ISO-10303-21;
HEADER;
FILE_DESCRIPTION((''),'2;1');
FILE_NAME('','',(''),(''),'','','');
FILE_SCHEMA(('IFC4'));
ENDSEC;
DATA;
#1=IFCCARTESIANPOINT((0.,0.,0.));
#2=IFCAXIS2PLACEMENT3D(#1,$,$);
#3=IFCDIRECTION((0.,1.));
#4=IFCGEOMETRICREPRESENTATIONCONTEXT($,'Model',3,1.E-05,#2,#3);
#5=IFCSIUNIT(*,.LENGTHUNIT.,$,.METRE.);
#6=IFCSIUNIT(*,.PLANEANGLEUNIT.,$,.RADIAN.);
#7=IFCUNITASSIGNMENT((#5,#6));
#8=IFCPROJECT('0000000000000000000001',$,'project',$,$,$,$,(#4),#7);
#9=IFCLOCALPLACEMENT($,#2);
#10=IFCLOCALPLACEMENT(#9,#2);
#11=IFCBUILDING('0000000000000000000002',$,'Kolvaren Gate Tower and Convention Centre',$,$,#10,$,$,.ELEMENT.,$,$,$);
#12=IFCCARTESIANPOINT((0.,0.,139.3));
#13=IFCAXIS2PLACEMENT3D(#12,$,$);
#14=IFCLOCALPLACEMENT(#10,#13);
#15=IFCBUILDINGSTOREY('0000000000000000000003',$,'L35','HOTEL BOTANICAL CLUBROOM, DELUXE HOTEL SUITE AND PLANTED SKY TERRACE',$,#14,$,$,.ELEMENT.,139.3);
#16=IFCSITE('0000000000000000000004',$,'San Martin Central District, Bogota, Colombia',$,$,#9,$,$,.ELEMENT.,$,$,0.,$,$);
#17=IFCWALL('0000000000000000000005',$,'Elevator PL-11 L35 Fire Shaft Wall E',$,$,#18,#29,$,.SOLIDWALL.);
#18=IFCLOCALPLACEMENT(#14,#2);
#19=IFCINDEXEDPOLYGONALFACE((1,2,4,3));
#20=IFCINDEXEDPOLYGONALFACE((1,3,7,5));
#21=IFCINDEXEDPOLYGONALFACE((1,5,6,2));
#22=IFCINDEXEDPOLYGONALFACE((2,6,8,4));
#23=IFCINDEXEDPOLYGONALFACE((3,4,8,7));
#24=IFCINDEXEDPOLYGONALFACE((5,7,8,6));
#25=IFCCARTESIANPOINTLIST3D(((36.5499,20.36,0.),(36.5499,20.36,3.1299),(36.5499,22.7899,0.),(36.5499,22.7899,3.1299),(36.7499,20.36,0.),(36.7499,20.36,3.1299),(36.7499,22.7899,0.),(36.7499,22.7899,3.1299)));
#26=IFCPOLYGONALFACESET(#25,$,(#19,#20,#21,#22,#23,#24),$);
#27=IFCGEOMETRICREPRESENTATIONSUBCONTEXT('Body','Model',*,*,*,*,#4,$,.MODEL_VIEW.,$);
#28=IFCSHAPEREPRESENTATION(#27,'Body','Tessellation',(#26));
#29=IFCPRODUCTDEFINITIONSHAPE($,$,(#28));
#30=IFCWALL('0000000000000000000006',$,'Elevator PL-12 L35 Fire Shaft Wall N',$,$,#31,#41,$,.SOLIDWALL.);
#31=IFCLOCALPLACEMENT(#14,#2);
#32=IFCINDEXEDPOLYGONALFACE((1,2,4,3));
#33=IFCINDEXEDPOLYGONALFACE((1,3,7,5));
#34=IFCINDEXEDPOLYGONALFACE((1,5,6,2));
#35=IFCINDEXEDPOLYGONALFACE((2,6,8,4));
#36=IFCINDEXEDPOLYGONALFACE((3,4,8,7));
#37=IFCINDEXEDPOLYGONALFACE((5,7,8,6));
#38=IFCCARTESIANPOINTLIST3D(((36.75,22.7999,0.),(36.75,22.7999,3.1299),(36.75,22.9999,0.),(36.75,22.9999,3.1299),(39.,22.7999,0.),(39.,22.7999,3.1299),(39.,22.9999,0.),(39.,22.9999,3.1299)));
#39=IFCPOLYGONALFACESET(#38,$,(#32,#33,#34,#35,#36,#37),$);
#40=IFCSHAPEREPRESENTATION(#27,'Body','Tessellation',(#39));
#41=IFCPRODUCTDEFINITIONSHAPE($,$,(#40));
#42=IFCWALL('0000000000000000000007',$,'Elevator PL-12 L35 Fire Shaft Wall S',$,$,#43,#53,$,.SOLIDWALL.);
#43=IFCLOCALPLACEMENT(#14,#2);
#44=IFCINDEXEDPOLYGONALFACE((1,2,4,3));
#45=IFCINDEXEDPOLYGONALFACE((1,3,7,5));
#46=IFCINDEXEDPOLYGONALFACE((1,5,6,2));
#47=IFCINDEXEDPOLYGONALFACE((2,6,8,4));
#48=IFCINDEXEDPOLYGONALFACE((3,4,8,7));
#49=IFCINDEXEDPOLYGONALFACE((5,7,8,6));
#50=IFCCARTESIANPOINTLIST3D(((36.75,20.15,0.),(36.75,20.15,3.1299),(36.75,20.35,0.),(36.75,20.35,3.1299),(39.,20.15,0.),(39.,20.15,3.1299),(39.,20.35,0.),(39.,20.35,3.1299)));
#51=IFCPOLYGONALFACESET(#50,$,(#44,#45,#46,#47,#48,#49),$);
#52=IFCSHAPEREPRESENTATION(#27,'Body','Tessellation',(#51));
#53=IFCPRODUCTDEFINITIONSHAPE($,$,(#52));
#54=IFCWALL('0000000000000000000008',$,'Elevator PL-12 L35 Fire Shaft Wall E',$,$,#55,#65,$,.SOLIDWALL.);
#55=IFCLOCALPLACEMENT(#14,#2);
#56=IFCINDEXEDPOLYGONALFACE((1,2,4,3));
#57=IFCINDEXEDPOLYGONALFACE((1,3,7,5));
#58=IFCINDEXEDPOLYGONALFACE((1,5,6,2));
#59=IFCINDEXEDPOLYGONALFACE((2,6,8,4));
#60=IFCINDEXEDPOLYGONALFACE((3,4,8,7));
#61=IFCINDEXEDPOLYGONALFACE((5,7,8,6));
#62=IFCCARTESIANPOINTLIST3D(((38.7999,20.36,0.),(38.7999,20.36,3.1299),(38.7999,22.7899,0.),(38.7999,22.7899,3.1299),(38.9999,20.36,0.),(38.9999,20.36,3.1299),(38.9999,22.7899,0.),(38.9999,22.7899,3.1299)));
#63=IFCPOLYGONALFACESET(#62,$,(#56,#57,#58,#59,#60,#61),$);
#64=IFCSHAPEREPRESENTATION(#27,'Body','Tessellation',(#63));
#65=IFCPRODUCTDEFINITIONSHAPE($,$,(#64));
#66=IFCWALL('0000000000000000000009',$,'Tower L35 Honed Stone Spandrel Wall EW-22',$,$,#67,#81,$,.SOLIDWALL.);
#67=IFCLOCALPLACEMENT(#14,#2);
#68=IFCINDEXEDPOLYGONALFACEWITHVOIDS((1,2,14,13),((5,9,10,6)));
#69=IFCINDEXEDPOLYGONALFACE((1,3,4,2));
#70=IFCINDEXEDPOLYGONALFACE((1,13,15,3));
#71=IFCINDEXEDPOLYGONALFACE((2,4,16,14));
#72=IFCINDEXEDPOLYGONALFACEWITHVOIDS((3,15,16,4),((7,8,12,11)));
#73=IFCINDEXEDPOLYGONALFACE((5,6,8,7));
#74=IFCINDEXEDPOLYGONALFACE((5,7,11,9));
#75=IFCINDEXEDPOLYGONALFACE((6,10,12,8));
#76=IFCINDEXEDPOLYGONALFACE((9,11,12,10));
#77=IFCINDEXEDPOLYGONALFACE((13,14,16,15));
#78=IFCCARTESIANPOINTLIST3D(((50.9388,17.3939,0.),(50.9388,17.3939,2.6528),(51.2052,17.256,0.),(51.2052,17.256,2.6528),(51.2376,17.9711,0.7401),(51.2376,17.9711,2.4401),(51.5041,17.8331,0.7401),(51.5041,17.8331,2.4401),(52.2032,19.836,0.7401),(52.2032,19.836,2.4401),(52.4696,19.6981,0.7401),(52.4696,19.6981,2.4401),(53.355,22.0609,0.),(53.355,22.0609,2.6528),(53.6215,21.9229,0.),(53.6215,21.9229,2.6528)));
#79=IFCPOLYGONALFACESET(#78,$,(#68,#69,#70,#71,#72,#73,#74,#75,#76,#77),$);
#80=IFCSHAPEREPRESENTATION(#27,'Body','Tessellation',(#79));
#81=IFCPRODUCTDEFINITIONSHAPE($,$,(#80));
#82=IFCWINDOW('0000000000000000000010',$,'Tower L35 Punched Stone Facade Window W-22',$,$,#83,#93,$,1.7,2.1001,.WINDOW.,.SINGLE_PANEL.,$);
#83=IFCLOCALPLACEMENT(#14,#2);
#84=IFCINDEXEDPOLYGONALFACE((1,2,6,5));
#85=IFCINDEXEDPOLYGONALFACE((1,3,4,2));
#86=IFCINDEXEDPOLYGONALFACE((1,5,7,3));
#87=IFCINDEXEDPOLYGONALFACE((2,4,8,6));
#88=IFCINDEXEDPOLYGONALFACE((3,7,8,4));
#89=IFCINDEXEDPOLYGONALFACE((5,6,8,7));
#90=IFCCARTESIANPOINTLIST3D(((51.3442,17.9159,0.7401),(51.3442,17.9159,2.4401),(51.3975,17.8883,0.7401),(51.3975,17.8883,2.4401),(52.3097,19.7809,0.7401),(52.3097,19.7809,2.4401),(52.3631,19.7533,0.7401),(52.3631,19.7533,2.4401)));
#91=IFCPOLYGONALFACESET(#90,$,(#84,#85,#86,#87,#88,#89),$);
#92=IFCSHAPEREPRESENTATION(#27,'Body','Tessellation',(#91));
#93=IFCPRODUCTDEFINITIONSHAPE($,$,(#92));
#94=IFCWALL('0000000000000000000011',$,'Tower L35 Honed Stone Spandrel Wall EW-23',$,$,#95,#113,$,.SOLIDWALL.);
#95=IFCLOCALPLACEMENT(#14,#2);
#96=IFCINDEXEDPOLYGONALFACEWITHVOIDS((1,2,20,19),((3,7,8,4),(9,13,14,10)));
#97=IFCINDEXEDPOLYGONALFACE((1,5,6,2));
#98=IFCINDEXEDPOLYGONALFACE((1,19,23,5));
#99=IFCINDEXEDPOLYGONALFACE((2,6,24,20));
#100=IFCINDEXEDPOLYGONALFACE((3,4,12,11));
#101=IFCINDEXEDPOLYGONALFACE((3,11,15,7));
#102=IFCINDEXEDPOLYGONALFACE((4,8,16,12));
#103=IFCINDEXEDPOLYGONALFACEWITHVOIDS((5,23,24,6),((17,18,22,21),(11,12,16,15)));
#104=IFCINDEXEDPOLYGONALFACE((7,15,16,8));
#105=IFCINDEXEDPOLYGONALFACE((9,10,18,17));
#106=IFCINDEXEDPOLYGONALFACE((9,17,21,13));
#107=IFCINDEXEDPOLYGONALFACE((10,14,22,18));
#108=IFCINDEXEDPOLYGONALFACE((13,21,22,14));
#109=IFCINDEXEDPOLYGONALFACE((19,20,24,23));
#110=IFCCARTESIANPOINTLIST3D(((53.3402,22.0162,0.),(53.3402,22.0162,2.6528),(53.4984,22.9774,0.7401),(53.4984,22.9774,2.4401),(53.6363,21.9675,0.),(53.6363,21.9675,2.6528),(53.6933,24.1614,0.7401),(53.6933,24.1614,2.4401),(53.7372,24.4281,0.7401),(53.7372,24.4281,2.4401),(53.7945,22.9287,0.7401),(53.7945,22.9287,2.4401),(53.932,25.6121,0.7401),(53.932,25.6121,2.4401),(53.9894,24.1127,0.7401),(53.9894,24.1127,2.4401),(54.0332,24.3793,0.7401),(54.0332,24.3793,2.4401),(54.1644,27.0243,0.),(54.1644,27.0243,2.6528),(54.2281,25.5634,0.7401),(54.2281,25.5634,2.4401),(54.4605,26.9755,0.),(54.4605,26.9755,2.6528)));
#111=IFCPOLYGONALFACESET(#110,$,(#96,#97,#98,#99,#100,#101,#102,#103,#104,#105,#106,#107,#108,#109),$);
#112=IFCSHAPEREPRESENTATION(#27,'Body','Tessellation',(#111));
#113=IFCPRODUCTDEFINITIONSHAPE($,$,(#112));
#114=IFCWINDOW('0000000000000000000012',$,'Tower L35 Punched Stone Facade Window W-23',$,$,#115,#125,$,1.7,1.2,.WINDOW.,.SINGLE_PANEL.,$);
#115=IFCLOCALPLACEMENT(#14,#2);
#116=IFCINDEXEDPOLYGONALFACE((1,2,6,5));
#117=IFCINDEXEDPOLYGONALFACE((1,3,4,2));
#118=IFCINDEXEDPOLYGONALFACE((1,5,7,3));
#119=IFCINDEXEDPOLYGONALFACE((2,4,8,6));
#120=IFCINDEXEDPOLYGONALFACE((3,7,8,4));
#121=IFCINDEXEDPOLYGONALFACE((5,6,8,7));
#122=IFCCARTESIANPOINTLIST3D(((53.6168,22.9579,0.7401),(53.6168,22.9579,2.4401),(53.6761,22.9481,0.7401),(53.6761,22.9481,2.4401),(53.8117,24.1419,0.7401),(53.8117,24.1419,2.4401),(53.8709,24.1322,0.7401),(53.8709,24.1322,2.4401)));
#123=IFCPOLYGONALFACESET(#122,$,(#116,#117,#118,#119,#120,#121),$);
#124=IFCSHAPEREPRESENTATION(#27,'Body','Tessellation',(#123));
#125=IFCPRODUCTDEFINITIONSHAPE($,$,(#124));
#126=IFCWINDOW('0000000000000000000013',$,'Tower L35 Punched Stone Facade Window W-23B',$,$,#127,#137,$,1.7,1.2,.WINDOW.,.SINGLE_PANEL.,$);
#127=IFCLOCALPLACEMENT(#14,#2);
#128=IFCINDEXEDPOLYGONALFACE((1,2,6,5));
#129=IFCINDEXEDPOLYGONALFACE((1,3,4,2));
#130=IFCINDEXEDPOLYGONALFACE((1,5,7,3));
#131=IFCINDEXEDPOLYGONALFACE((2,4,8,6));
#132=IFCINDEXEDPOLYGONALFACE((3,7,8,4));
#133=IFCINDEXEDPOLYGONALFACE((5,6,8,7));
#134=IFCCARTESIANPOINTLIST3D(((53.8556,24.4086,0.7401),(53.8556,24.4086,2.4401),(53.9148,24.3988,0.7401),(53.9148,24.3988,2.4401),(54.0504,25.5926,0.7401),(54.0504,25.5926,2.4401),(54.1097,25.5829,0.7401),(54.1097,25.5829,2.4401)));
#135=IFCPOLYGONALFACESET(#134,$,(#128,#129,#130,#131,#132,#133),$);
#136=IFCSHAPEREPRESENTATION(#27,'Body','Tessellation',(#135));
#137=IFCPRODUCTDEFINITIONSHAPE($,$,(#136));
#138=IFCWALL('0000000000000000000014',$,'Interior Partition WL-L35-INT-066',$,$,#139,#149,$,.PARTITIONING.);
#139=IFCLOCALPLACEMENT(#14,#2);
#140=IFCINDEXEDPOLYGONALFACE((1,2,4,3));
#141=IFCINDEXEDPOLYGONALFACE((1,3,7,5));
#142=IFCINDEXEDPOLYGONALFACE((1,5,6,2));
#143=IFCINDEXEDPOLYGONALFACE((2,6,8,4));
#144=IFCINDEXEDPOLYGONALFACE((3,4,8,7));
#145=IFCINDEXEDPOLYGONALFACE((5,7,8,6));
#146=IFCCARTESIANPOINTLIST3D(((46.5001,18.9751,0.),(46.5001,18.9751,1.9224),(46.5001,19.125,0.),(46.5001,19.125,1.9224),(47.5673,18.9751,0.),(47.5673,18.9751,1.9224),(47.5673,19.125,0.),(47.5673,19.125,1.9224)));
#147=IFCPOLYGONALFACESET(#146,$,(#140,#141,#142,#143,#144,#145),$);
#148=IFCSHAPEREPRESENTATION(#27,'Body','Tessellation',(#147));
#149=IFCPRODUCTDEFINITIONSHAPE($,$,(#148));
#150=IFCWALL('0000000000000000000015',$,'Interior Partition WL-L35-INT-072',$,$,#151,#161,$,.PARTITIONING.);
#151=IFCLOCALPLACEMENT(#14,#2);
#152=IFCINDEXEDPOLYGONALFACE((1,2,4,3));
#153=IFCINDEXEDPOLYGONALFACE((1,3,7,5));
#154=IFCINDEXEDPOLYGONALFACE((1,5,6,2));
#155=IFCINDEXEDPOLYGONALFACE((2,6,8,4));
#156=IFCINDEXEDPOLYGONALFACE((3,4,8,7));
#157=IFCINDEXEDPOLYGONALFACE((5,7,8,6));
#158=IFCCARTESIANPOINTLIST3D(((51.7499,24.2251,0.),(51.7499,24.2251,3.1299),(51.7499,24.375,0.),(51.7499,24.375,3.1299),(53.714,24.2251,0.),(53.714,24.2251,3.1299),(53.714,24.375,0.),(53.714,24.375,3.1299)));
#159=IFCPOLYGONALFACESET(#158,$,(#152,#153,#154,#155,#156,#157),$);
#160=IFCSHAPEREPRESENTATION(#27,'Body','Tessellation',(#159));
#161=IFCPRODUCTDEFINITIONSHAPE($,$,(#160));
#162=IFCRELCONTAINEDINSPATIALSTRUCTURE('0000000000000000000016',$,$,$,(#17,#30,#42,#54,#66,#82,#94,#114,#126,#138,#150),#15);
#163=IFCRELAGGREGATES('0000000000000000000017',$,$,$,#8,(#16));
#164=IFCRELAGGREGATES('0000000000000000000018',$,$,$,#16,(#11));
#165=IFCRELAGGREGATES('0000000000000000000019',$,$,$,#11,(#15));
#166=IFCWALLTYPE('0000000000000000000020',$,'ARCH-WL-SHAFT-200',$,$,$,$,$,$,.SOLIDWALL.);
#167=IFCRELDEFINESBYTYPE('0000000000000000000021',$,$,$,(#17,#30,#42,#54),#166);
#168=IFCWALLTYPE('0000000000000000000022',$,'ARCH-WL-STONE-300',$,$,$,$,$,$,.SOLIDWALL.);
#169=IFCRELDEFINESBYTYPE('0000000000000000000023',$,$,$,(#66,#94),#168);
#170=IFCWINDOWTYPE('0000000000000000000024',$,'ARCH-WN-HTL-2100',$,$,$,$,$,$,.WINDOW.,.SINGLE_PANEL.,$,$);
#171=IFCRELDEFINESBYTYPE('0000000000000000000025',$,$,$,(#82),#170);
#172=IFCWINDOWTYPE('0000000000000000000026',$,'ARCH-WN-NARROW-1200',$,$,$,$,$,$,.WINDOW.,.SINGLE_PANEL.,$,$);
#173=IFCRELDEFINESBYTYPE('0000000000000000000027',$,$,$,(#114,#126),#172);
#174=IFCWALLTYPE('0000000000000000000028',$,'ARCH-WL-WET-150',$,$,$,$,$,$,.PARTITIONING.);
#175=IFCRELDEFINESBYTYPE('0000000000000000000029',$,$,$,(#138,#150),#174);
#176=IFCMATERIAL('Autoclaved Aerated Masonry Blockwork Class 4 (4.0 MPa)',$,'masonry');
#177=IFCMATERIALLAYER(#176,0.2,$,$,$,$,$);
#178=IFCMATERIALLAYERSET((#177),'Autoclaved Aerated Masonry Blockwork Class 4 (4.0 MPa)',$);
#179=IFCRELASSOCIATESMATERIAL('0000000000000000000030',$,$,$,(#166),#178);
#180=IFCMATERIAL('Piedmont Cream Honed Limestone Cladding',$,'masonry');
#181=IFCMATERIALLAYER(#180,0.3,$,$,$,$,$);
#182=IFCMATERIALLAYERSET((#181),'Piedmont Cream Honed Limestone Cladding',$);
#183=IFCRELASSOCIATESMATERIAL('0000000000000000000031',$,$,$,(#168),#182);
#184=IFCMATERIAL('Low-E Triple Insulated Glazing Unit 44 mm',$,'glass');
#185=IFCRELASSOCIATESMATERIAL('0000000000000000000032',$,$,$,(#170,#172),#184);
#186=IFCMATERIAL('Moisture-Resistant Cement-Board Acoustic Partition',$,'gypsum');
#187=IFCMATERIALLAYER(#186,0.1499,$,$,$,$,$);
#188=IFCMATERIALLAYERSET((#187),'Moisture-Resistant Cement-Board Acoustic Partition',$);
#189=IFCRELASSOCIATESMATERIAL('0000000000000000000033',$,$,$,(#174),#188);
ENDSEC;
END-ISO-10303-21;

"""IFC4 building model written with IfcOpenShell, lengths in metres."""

from ifc_helpers import new_model, si_unit, direction, frame, frame_2d, origin, place, context, subcontext, project, spatial, rectangle, extrude, material, layer, layer_set, type_object, element, fill, save


model = new_model("IFC4")

# Units and contexts
model_context = context("Model", 3, precision=1e-05, world=origin(), true_north=direction((0.0, 1.0)))
body_context = subcontext(model_context, "Body", "Model", "MODEL_VIEW")
ifc_project = project(units=[si_unit("LENGTHUNIT", "METRE"), si_unit("PLANEANGLEUNIT", "RADIAN")], contexts=[model_context])

# Site, building, storey
site_placement = place(None, origin())
site = spatial("IfcSite", under=ifc_project, at=site_placement, Name="San Martin Central District, Bogota, Colombia", CompositionType="ELEMENT", RefElevation=0.0)
building_placement = place(site_placement, origin())
building = spatial("IfcBuilding", under=site, at=building_placement, Name="Kolvaren Gate Tower and Convention Centre", CompositionType="ELEMENT")
storey_placement = place(building_placement, frame((0.0, 0.0, 139.3)))
storey = spatial("IfcBuildingStorey", under=building, at=storey_placement, Name="L35", Description="HOTEL BOTANICAL CLUBROOM, DELUXE HOTEL SUITE AND PLANTED SKY TERRACE", CompositionType="ELEMENT", Elevation=139.3)

# Walls
ifc_material_1 = material(Name="Autoclaved Aerated Masonry Blockwork Class 4 (4.0 MPa)", Category="masonry")
ifc_layer_1 = layer(ifc_material_1, 0.2)
ifc_layer_set_1 = layer_set([ifc_layer_1], Name="Autoclaved Aerated Masonry Blockwork Class 4 (4.0 MPa)")
wall_type_1 = type_object("IfcWallType", Name="ARCH-WL-SHAFT-200", PredefinedType="SOLIDWALL", material=ifc_layer_set_1)
for number, where, z_axis, x_axis, name in (
    (1, (36.6499, 20.3601, 0.0), (0.0, 0.0, 1.0), (0.0, 1.0, 0.0), "Elevator PL-11 L35 Fire Shaft Wall E"),
):
    element("IfcWall", number, at=place(storey_placement, frame(where, z_axis=z_axis, x_axis=x_axis)), inside=storey, type_object=wall_type_1, Name=name, PredefinedType="SOLIDWALL", context=body_context, shape_type="SweptSolid", body=[
        extrude(rectangle(XDim=2.4299, YDim=0.2, at=frame_2d((1.2148, 0.0))), origin(), (0.0, 0.0, 1.0), 3.1299),
    ])
for number, where, z_axis, x_axis, name in (
    (2, (36.75, 22.8999, 0.0), (0.0, 0.0, 1.0), (1.0, 0.0, 0.0), "Elevator PL-12 L35 Fire Shaft Wall N"),
    (3, (36.75, 20.25, 0.0), (0.0, 0.0, 1.0), (1.0, 0.0, 0.0), "Elevator PL-12 L35 Fire Shaft Wall S"),
):
    element("IfcWall", number, at=place(storey_placement, frame(where, z_axis=z_axis, x_axis=x_axis)), inside=storey, type_object=wall_type_1, Name=name, PredefinedType="SOLIDWALL", context=body_context, shape_type="SweptSolid", body=[
        extrude(rectangle(XDim=2.25, YDim=0.2, at=frame_2d((1.125, 0.0))), origin(), (0.0, 0.0, 1.0), 3.1299),
    ])
wall_1_placement = place(storey_placement, frame((38.8999, 20.3601, 0.0), z_axis=(0.0, 0.0, 1.0), x_axis=(0.0, 1.0, 0.0)))
element("IfcWall", 4, at=wall_1_placement, inside=storey, type_object=wall_type_1, Name="Elevator PL-12 L35 Fire Shaft Wall E", PredefinedType="SOLIDWALL", context=body_context, shape_type="SweptSolid", body=[
    extrude(rectangle(XDim=2.4299, YDim=0.2, at=frame_2d((1.2148, 0.0))), origin(), (0.0, 0.0, 1.0), 3.1299),
])

# Wall, opening, window
ifc_material_2 = material(Name="Piedmont Cream Honed Limestone Cladding", Category="masonry")
ifc_layer_2 = layer(ifc_material_2, 0.3)
ifc_layer_set_2 = layer_set([ifc_layer_2], Name="Piedmont Cream Honed Limestone Cladding")
wall_type_2 = type_object("IfcWallType", Name="ARCH-WL-STONE-300", PredefinedType="SOLIDWALL", material=ifc_layer_set_2)
wall_2_placement = place(storey_placement, frame((51.072, 17.325, 0.0), z_axis=(0.0, 0.0, 1.0), x_axis=(0.459768, 0.888039, 0.0)))
wall_2 = element("IfcWall", 5, at=wall_2_placement, inside=storey, type_object=wall_type_2, Name="Tower L35 Honed Stone Spandrel Wall EW-22", PredefinedType="SOLIDWALL", context=body_context, shape_type="SweptSolid", body=[
    extrude(rectangle(XDim=5.2554, YDim=0.3, at=frame_2d((2.6277, 0.0))), origin(), (0.0, 0.0, 1.0), 2.6528),
])
opening_1_placement = place(wall_2_placement, frame((0.6499, 0.0, 0.74)))
opening_1 = element("IfcOpeningElement", 6, at=opening_1_placement, cuts=wall_2, PredefinedType="OPENING", context=body_context, shape_type="SweptSolid", body=[
    extrude(rectangle(XDim=2.1001, YDim=1.7, at=frame_2d((1.05, 0.8501))), frame((0.0, 0.1599, 0.0), z_axis=(0.0, -1.0, 0.0), x_axis=(1.0, 0.0, 0.0)), (0.0, 0.0, 1.0), 0.3201),
])
ifc_material_3 = material(Name="Low-E Triple Insulated Glazing Unit 44 mm", Category="glass")
window_type_1 = type_object("IfcWindowType", Name="ARCH-WN-HTL-2100", PartitioningType="SINGLE_PANEL", PredefinedType="WINDOW", material=ifc_material_3)
window_1_placement = place(opening_1_placement, origin())
window_1 = element("IfcWindow", 7, at=window_1_placement, inside=storey, type_object=window_type_1, Name="Tower L35 Punched Stone Facade Window W-22", OverallHeight=1.7, OverallWidth=2.1001, PartitioningType="SINGLE_PANEL", PredefinedType="WINDOW", context=body_context, shape_type="SweptSolid", body=[
    extrude(rectangle(XDim=2.1001, YDim=1.7, at=frame_2d((1.05, 0.8501))), frame((0.0, 0.03, 0.0), z_axis=(0.0, -1.0, 0.0), x_axis=(1.0, 0.0, 0.0)), (0.0, 0.0, 1.0), 0.0601),
])
fill(opening_1, window_1)

# Wall, openings, windows
wall_3_placement = place(storey_placement, frame((53.4883, 21.9919, 0.0), z_axis=(0.0, 0.0, 1.0), x_axis=(0.162394, 0.986726, 0.0)))
wall_3 = element("IfcWall", 8, at=wall_3_placement, inside=storey, type_object=wall_type_2, Name="Tower L35 Honed Stone Spandrel Wall EW-23", PredefinedType="SOLIDWALL", context=body_context, shape_type="SweptSolid", body=[
    extrude(rectangle(XDim=5.0754, YDim=0.3, at=frame_2d((2.5376, 0.0))), origin(), (0.0, 0.0, 1.0), 2.6528),
])
opening_2_placement = place(wall_3_placement, frame((0.9739, 0.0, 0.74)))
opening_2 = element("IfcOpeningElement", 9, at=opening_2_placement, cuts=wall_3, PredefinedType="OPENING", context=body_context, shape_type="SweptSolid", body=[
    extrude(rectangle(XDim=1.2, YDim=1.7, at=frame_2d((0.6001, 0.8501))), frame((0.0, 0.1599, 0.0), z_axis=(0.0, -1.0, 0.0), x_axis=(1.0, 0.0, 0.0)), (0.0, 0.0, 1.0), 0.3201),
])
opening_3_placement = place(wall_3_placement, frame((2.4441, 0.0, 0.74)))
opening_3 = element("IfcOpeningElement", 10, at=opening_3_placement, cuts=wall_3, PredefinedType="OPENING", context=body_context, shape_type="SweptSolid", body=[
    extrude(rectangle(XDim=1.2, YDim=1.7, at=frame_2d((0.6001, 0.8501))), frame((0.0, 0.1599, 0.0), z_axis=(0.0, -1.0, 0.0), x_axis=(1.0, 0.0, 0.0)), (0.0, 0.0, 1.0), 0.3201),
])
window_type_2 = type_object("IfcWindowType", Name="ARCH-WN-NARROW-1200", PartitioningType="SINGLE_PANEL", PredefinedType="WINDOW", material=ifc_material_3)
window_2_placement = place(opening_2_placement, origin())
window_2 = element("IfcWindow", 11, at=window_2_placement, inside=storey, type_object=window_type_2, Name="Tower L35 Punched Stone Facade Window W-23", OverallHeight=1.7, OverallWidth=1.2, PartitioningType="SINGLE_PANEL", PredefinedType="WINDOW", context=body_context, shape_type="SweptSolid", body=[
    extrude(rectangle(XDim=1.2, YDim=1.7, at=frame_2d((0.6001, 0.8501))), frame((0.0, 0.03, 0.0), z_axis=(0.0, -1.0, 0.0), x_axis=(1.0, 0.0, 0.0)), (0.0, 0.0, 1.0), 0.0601),
])
fill(opening_2, window_2)
window_3_placement = place(opening_3_placement, origin())
window_3 = element("IfcWindow", 12, at=window_3_placement, inside=storey, type_object=window_type_2, Name="Tower L35 Punched Stone Facade Window W-23B", OverallHeight=1.7, OverallWidth=1.2, PartitioningType="SINGLE_PANEL", PredefinedType="WINDOW", context=body_context, shape_type="SweptSolid", body=[
    extrude(rectangle(XDim=1.2, YDim=1.7, at=frame_2d((0.6001, 0.8501))), frame((0.0, 0.03, 0.0), z_axis=(0.0, -1.0, 0.0), x_axis=(1.0, 0.0, 0.0)), (0.0, 0.0, 1.0), 0.0601),
])
fill(opening_3, window_3)

# Walls
ifc_material_4 = material(Name="Moisture-Resistant Cement-Board Acoustic Partition", Category="gypsum")
ifc_layer_3 = layer(ifc_material_4, 0.1499)
ifc_layer_set_3 = layer_set([ifc_layer_3], Name="Moisture-Resistant Cement-Board Acoustic Partition")
wall_type_3 = type_object("IfcWallType", Name="ARCH-WL-WET-150", PredefinedType="PARTITIONING", material=ifc_layer_set_3)
wall_4_placement = place(storey_placement, frame((46.5, 19.05, 0.0), z_axis=(0.0, 0.0, 1.0), x_axis=(1.0, 0.0, 0.0)))
element("IfcWall", 13, at=wall_4_placement, inside=storey, type_object=wall_type_3, Name="Interior Partition WL-L35-INT-066", PredefinedType="PARTITIONING", context=body_context, shape_type="SweptSolid", body=[
    extrude(rectangle(XDim=1.0671, YDim=0.1499, at=frame_2d((0.5337, 0.0))), origin(), (0.0, 0.0, 1.0), 1.9224),
])
wall_5_placement = place(storey_placement, frame((51.75, 24.3, 0.0), z_axis=(0.0, 0.0, 1.0), x_axis=(1.0, 0.0, 0.0)))
element("IfcWall", 14, at=wall_5_placement, inside=storey, type_object=wall_type_3, Name="Interior Partition WL-L35-INT-072", PredefinedType="PARTITIONING", context=body_context, shape_type="SweptSolid", body=[
    extrude(rectangle(XDim=1.9641, YDim=0.1499, at=frame_2d((0.9819, 0.0))), origin(), (0.0, 0.0, 1.0), 3.1299),
])

save(model, "model.ifc")
